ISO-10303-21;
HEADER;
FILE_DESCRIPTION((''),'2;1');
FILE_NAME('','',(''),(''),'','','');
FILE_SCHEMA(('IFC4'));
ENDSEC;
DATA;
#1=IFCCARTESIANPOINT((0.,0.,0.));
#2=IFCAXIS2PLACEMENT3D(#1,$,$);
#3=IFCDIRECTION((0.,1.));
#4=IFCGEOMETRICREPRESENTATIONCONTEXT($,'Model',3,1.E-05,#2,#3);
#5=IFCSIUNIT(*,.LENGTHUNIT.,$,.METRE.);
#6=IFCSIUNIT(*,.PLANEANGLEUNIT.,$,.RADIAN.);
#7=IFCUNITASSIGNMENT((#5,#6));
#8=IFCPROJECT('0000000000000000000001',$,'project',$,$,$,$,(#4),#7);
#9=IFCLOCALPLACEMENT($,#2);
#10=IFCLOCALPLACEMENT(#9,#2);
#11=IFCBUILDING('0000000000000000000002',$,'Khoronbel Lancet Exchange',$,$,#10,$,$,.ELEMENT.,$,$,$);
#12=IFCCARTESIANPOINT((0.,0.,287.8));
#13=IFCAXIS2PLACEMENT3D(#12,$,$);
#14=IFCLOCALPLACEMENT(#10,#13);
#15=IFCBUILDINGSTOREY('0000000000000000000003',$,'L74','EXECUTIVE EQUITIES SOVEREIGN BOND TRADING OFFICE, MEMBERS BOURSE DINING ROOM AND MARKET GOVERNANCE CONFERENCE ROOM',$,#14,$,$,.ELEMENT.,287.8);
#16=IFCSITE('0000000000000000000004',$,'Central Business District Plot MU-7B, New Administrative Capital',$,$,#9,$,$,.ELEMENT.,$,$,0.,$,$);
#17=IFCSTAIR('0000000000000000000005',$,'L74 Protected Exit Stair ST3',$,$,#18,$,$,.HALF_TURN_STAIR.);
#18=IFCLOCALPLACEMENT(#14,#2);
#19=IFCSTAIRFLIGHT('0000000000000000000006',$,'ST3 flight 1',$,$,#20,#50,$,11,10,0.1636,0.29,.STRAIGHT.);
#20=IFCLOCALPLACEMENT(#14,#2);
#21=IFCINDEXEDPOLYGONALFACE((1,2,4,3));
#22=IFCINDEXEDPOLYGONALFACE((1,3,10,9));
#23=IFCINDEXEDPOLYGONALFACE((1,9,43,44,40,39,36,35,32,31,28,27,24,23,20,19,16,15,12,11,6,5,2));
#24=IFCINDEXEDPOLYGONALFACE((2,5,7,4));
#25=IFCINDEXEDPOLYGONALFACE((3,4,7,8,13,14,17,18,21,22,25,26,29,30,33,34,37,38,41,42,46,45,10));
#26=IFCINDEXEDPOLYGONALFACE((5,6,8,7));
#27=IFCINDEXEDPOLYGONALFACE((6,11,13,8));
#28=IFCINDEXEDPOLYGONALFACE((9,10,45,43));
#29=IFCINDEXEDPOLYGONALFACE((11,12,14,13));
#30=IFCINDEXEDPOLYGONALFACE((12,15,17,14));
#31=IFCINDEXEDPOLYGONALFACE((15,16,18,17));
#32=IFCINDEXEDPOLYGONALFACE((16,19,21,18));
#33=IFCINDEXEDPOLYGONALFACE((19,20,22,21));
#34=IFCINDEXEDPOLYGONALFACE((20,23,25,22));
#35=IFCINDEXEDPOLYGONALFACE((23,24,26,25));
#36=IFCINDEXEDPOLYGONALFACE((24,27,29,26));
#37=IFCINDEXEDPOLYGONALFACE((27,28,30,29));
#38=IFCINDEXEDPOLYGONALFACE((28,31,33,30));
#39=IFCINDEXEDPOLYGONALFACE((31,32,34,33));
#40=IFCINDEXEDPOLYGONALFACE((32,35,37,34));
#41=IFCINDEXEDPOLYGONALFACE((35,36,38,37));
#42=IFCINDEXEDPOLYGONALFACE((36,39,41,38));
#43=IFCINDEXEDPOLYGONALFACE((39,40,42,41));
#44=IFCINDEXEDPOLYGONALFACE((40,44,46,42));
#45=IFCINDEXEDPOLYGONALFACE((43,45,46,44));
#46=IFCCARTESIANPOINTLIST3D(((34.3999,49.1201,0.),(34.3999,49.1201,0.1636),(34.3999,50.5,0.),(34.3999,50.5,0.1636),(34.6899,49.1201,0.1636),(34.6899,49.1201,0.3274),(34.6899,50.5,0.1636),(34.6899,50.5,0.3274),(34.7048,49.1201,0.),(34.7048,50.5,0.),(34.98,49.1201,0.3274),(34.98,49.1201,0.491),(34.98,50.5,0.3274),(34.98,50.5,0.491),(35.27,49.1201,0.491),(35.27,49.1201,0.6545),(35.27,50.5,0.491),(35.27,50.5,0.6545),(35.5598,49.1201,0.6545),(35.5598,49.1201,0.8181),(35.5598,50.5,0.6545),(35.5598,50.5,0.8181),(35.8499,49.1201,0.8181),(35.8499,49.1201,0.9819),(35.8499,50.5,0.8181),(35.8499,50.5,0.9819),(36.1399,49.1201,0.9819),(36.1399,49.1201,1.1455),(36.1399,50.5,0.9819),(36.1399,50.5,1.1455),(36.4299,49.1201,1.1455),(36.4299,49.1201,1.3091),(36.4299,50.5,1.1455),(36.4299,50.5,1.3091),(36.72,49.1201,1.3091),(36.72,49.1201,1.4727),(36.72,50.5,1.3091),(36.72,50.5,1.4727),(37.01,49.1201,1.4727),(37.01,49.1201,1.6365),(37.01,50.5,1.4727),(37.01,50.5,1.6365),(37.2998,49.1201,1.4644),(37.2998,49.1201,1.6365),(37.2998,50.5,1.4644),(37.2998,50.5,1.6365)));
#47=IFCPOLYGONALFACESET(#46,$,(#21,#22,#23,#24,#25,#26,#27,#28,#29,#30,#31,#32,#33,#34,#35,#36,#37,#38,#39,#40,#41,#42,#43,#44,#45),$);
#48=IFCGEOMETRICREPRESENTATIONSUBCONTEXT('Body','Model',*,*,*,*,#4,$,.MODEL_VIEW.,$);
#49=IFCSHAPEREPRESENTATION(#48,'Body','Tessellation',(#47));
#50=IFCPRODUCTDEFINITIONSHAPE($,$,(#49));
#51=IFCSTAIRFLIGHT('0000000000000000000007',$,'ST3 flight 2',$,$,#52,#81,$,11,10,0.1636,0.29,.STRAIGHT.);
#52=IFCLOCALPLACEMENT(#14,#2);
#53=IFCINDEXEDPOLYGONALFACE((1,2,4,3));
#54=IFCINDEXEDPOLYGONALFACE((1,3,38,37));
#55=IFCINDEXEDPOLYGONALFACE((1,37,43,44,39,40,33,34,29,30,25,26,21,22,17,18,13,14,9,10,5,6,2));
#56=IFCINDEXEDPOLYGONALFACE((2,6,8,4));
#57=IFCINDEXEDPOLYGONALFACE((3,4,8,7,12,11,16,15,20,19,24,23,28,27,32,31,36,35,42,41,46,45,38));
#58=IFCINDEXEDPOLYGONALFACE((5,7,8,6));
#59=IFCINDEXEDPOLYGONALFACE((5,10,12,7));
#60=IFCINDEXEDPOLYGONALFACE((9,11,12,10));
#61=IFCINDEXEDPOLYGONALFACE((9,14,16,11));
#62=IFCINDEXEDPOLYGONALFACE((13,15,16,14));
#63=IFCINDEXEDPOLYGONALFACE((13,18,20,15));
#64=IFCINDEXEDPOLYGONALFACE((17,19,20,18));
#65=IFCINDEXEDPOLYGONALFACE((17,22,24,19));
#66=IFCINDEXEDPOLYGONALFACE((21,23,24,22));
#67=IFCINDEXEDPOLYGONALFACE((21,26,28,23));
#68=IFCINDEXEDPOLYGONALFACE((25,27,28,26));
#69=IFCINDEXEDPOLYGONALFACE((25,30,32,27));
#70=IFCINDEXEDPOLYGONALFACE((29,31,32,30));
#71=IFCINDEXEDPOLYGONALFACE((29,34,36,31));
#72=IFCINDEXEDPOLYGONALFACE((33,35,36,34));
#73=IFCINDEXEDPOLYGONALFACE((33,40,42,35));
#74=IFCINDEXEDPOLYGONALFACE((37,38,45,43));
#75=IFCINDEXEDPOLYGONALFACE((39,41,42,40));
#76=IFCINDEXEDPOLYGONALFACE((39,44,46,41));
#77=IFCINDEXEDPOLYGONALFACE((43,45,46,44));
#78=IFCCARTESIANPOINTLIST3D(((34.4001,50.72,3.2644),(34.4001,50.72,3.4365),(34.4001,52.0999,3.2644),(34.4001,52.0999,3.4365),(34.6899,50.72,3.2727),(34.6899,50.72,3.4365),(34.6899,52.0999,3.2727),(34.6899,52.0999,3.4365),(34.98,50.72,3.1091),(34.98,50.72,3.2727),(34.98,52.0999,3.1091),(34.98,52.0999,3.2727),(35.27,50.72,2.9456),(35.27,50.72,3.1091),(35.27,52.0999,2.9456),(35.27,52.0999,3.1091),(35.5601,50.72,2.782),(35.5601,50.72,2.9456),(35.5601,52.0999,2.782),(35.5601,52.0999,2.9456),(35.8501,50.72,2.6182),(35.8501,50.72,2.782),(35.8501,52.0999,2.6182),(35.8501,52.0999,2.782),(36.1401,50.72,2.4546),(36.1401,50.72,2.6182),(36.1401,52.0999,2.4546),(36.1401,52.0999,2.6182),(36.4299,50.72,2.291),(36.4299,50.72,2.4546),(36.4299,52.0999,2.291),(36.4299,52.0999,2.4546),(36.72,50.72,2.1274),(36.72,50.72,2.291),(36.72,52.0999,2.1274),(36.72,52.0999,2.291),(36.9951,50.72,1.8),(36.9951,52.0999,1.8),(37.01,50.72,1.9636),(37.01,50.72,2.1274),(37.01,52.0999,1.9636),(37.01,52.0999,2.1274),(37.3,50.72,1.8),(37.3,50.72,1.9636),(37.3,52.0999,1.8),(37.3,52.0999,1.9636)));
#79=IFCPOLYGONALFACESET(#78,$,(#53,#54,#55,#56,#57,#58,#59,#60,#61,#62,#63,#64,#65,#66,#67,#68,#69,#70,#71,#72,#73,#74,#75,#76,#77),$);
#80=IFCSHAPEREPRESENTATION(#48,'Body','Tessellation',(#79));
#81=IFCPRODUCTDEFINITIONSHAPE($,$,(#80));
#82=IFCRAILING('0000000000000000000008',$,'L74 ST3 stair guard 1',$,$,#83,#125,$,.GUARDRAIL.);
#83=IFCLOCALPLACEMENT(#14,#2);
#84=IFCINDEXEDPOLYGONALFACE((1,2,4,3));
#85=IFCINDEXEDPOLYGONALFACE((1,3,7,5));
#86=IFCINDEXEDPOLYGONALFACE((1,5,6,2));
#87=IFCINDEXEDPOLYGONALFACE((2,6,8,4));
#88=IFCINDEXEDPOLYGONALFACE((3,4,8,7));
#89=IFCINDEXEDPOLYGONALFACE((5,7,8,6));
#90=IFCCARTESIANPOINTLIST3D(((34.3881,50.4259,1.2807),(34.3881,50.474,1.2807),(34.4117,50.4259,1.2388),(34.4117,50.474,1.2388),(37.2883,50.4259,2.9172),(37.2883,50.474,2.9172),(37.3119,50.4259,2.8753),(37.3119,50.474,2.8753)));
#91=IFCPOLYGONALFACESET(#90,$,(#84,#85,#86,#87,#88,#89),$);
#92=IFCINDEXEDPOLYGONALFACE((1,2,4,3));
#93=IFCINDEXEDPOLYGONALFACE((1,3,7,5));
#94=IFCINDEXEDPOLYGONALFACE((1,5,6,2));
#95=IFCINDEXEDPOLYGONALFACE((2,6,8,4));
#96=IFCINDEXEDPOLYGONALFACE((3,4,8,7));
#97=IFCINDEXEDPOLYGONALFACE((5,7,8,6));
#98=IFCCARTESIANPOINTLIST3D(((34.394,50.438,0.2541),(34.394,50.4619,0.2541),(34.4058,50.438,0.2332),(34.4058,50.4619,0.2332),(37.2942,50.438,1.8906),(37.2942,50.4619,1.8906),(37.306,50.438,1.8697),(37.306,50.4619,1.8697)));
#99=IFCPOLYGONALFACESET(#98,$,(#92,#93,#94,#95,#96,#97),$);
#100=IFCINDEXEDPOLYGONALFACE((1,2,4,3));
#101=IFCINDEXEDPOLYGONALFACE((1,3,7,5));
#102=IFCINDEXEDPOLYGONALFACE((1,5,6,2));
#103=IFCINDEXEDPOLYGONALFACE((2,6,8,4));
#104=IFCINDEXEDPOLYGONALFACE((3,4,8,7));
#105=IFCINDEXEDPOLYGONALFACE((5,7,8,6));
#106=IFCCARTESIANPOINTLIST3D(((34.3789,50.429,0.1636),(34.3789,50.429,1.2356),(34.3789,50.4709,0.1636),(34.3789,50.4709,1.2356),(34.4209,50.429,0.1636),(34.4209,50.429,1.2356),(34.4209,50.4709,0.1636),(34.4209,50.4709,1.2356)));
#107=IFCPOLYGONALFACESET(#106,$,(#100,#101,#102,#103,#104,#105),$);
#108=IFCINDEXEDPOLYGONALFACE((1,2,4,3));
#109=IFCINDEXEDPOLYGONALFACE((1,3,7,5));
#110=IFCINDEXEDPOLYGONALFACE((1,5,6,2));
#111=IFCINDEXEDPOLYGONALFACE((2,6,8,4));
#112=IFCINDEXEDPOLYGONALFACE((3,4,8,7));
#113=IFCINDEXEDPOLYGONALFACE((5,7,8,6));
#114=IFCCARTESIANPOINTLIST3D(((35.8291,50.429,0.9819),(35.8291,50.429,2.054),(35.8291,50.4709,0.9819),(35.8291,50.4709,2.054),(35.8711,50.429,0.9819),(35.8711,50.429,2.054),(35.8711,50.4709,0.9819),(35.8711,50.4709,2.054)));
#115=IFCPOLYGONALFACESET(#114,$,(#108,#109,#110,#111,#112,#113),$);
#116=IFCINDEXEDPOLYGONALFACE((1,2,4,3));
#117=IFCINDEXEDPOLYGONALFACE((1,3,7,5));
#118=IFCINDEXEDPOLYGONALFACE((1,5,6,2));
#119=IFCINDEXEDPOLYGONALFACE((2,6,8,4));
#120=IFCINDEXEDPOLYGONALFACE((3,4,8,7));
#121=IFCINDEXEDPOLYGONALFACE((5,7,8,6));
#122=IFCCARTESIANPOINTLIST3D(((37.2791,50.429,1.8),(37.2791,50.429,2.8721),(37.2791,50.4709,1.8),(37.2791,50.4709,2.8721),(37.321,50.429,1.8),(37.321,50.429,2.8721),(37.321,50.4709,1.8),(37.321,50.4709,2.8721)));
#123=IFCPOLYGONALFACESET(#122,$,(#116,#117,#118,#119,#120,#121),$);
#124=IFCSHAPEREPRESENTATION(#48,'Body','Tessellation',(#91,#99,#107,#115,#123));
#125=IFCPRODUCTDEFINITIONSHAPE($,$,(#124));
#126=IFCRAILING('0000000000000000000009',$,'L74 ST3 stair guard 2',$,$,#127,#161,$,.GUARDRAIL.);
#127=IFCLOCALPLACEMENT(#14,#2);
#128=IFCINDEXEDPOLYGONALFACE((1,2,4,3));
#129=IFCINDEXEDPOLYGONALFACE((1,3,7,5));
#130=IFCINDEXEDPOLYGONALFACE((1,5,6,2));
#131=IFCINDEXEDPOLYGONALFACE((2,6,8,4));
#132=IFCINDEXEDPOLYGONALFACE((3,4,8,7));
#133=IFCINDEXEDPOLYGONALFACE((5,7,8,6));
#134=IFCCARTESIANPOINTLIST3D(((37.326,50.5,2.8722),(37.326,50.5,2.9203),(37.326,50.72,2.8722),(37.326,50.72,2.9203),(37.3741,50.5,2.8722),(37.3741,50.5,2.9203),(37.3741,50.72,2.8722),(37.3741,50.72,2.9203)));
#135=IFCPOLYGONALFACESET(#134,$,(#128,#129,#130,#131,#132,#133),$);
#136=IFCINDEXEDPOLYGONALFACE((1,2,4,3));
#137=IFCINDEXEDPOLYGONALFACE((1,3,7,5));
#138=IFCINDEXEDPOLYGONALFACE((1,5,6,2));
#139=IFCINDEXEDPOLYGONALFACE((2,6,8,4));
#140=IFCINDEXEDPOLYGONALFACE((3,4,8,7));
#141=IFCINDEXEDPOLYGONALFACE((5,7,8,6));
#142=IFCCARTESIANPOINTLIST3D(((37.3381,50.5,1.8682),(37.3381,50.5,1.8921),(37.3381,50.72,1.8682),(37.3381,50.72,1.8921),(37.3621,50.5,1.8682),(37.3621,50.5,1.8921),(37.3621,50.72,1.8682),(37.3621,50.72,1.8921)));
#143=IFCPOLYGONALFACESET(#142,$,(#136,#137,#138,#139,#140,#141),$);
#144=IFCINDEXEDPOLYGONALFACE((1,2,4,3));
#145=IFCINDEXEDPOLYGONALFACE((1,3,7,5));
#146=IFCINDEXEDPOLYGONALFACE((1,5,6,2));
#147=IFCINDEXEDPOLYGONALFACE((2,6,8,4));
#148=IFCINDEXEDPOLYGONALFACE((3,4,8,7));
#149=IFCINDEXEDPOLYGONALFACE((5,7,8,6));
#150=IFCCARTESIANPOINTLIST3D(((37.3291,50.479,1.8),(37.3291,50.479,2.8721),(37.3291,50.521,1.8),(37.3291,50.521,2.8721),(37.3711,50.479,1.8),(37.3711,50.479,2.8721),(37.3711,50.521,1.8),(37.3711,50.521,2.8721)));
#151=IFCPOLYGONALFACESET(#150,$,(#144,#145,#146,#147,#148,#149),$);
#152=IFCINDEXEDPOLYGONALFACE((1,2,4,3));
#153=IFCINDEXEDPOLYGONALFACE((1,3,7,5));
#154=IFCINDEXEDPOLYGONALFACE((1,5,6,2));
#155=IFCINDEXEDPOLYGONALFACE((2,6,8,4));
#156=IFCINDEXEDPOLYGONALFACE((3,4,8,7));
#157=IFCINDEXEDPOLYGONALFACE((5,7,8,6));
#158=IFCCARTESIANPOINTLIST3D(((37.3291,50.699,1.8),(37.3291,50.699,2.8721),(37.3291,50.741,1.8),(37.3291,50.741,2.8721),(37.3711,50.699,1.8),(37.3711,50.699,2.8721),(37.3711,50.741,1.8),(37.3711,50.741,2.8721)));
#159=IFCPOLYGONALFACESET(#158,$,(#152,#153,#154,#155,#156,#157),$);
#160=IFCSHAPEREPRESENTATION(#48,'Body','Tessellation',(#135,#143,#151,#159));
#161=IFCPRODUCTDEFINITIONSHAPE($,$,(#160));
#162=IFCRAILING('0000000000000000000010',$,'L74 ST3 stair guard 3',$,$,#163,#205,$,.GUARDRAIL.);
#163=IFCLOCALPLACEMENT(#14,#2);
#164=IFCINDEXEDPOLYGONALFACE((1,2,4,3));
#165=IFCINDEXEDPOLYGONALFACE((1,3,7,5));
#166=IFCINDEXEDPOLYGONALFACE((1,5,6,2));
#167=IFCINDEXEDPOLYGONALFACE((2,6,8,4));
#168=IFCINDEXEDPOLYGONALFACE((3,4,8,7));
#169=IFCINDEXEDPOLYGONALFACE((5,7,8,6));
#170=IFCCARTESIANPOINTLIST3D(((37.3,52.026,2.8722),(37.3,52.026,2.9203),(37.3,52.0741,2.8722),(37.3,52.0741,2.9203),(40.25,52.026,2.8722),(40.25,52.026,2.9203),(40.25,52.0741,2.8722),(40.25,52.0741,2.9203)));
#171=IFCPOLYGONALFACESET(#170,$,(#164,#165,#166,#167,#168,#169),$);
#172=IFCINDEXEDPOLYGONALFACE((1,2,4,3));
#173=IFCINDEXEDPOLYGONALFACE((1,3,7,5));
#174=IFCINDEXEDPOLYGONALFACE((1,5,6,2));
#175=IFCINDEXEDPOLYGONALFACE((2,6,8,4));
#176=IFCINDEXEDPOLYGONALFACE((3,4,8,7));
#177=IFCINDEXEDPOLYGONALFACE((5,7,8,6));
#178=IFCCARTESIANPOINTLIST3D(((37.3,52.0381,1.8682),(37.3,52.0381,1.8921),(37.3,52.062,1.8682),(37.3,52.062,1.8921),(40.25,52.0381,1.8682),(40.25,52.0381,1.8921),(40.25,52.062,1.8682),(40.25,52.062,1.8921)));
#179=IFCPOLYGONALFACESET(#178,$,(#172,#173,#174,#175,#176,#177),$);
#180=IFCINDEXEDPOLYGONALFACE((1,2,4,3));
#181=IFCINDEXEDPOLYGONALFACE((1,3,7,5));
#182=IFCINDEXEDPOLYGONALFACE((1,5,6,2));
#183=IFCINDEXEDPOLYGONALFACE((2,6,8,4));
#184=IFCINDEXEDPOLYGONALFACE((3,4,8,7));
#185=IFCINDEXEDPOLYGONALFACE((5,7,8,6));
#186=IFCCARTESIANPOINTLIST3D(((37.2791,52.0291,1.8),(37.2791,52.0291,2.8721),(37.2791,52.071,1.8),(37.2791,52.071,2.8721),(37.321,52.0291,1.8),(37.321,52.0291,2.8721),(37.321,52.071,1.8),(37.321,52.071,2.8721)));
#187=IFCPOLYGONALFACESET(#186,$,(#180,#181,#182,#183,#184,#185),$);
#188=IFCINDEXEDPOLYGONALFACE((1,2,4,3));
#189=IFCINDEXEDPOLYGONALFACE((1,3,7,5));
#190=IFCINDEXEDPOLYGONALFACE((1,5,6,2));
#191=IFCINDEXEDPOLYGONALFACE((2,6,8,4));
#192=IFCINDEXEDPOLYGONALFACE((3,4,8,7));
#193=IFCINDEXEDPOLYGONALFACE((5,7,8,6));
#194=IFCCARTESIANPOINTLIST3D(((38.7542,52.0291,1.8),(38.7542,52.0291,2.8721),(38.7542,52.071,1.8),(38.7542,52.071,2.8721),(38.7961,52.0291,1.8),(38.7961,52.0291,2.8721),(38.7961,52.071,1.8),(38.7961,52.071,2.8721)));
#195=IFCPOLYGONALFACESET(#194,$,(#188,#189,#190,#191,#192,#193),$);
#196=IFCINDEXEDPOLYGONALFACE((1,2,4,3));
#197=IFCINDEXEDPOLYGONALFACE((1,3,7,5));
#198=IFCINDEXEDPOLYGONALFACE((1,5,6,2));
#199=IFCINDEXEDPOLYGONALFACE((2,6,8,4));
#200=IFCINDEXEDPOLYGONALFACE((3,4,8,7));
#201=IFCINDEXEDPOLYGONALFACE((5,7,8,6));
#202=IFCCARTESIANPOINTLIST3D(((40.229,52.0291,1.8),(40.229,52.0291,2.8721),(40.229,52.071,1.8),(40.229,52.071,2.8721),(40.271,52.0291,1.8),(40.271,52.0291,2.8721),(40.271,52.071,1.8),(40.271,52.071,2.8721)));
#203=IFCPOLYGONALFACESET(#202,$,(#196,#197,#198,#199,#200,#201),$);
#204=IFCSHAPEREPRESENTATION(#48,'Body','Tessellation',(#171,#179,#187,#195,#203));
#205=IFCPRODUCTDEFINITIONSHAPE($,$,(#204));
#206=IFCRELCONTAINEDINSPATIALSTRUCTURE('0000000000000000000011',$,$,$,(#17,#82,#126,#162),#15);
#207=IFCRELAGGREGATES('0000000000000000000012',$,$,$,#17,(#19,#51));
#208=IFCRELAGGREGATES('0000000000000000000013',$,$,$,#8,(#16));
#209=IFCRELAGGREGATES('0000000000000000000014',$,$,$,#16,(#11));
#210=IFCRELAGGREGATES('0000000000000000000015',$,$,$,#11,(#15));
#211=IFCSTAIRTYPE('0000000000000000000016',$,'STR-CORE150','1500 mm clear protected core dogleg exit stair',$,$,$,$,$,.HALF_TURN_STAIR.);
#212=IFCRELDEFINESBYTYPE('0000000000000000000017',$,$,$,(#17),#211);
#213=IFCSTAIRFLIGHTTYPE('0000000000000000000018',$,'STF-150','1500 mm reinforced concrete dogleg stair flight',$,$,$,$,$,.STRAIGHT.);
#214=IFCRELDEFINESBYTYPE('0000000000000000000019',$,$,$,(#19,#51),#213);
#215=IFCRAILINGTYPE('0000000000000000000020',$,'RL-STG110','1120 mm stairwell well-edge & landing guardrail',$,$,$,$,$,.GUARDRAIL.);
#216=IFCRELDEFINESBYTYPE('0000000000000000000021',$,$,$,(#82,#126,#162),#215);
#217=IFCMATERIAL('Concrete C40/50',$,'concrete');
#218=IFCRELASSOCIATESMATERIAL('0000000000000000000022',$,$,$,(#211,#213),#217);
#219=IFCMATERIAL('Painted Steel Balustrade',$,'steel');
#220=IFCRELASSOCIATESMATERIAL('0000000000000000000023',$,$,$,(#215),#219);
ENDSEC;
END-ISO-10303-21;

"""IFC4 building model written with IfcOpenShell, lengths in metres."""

from ifc_helpers import new_model, si_unit, direction, frame, origin, origin_2d, place, context, subcontext, project, spatial, polyline, rectangle, outline, extrude, material, type_object, element, aggregate, save


model = new_model("IFC4")

# Units and contexts
model_context = context("Model", 3, precision=1e-05, world=origin(), true_north=direction((0.0, 1.0)))
body_context = subcontext(model_context, "Body", "Model", "MODEL_VIEW")
ifc_project = project(units=[si_unit("LENGTHUNIT", "METRE"), si_unit("PLANEANGLEUNIT", "RADIAN")], contexts=[model_context])

# Site, building, storey
site_placement = place(None, origin())
site = spatial("IfcSite", under=ifc_project, at=site_placement, Name="Central Business District Plot MU-7B, New Administrative Capital", CompositionType="ELEMENT", RefElevation=0.0)
building_placement = place(site_placement, origin())
building = spatial("IfcBuilding", under=site, at=building_placement, Name="Khoronbel Lancet Exchange", CompositionType="ELEMENT")
storey_placement = place(building_placement, frame((0.0, 0.0, 287.8)))
storey = spatial("IfcBuildingStorey", under=building, at=storey_placement, Name="L74", Description="EXECUTIVE EQUITIES SOVEREIGN BOND TRADING OFFICE, MEMBERS BOURSE DINING ROOM AND MARKET GOVERNANCE CONFERENCE ROOM", CompositionType="ELEMENT", Elevation=287.8)

# Stair, stair flights
ifc_material_1 = material(Name="Concrete C40/50", Category="concrete")
stair_type = type_object("IfcStairType", Name="STR-CORE150", Description="1500 mm clear protected core dogleg exit stair", PredefinedType="HALF_TURN_STAIR", material=ifc_material_1)
stair_placement = place(storey_placement, origin())
stair = element("IfcStair", 1, at=stair_placement, inside=storey, type_object=stair_type, Name="L74 Protected Exit Stair ST3", PredefinedType="HALF_TURN_STAIR")
stair_flight_type = type_object("IfcStairFlightType", Name="STF-150", Description="1500 mm reinforced concrete dogleg stair flight", PredefinedType="STRAIGHT", material=ifc_material_1)
stair_flight_1_placement = place(storey_placement, frame((34.3999, 49.8101, 0.0), z_axis=(0.0, 0.0, 1.0), x_axis=(1.0, 0.0, 0.0)))
stair_flight_1 = element("IfcStairFlight", 2, at=stair_flight_1_placement, type_object=stair_flight_type, Name="ST3 flight 1", NumberOfRisers=11, NumberOfTreads=10, PredefinedType="STRAIGHT", RiserHeight=0.1636, TreadLength=0.29, context=body_context, shape_type="SweptSolid", body=[
    extrude(outline(polyline([(0.0, 0.0), (0.0, 0.1636), (0.29, 0.1636), (0.29, 0.3274), (0.5801, 0.3274), (0.5801, 0.491), (0.8701, 0.491), (0.8701, 0.6545), (1.1599, 0.6545), (1.1599, 0.8181), (1.45, 0.8181), (1.45, 0.9819), (1.74, 0.9819), (1.74, 1.1455), (2.03, 1.1455), (2.03, 1.3091), (2.3201, 1.3091), (2.3201, 1.4727), (2.6101, 1.4727), (2.6101, 1.6365), (2.8999, 1.6365), (2.8999, 1.8), (2.8999, 1.4644), (0.3049, 0.0), (0.0, 0.0)])), frame((0.0, 0.6899, 0.0), z_axis=(0.0, -1.0, 0.0), x_axis=(1.0, 0.0, 0.0)), (0.0, 0.0, 1.0), 1.3799),
])
stair_flight_2_placement = place(storey_placement, frame((37.3, 51.4099, 1.8), z_axis=(0.0, 0.0, 1.0), x_axis=(-1.0, 0.0, 0.0)))
stair_flight_2 = element("IfcStairFlight", 3, at=stair_flight_2_placement, type_object=stair_flight_type, Name="ST3 flight 2", NumberOfRisers=11, NumberOfTreads=10, PredefinedType="STRAIGHT", RiserHeight=0.1636, TreadLength=0.29, context=body_context, shape_type="SweptSolid", body=[
    extrude(outline(polyline([(0.0, 0.0), (0.0, 0.1636), (0.29, 0.1636), (0.29, 0.3274), (0.5801, 0.3274), (0.5801, 0.491), (0.8701, 0.491), (0.8701, 0.6545), (1.1599, 0.6545), (1.1599, 0.8181), (1.45, 0.8181), (1.45, 0.9819), (1.74, 0.9819), (1.74, 1.1455), (2.03, 1.1455), (2.03, 1.3091), (2.3201, 1.3091), (2.3201, 1.4727), (2.6101, 1.4727), (2.6101, 1.6365), (2.8999, 1.6365), (2.8999, 1.8), (2.8999, 1.4644), (0.3049, 0.0), (0.0, 0.0)])), frame((0.0, 0.6899, 0.0), z_axis=(0.0, -1.0, 0.0), x_axis=(1.0, 0.0, 0.0)), (0.0, 0.0, 1.0), 1.3799),
])
aggregate(stair, [stair_flight_1, stair_flight_2])

# Railings
ifc_material_2 = material(Name="Painted Steel Balustrade", Category="steel")
railing_type_1 = type_object("IfcRailingType", Name="RL-STG110", Description="1120 mm stairwell well-edge & landing guardrail", PredefinedType="GUARDRAIL", material=ifc_material_2)
railing_1_placement = place(storey_placement, frame((34.3999, 50.45, 0.1636)))
element("IfcRailing", 4, at=railing_1_placement, inside=storey, type_object=railing_type_1, Name="L74 ST3 stair guard 1", PredefinedType="GUARDRAIL", context=body_context, shape_type="SweptSolid", body=[
    extrude(rectangle(XDim=0.0481, YDim=0.0481, at=origin_2d()), frame((0.0, 0.0, 1.0962), z_axis=(0.870915, 0.0, 0.491434), x_axis=(0.0, 1.0, 0.0)), (0.0, 0.0, 1.0), 3.3301),
    extrude(rectangle(XDim=0.0239, YDim=0.0239, at=origin_2d()), frame((0.0, 0.0, 0.0801), z_axis=(0.870915, 0.0, 0.491434), x_axis=(0.0, 1.0, 0.0)), (0.0, 0.0, 1.0), 3.3301),
    extrude(rectangle(XDim=0.042, YDim=0.042, at=origin_2d()), origin(), (0.0, 0.0, 1.0), 1.072),
    extrude(rectangle(XDim=0.042, YDim=0.042, at=origin_2d()), frame((1.4502, 0.0, 0.8184)), (0.0, 0.0, 1.0), 1.072),
    extrude(rectangle(XDim=0.042, YDim=0.042, at=origin_2d()), frame((2.9001, 0.0, 1.6365)), (0.0, 0.0, 1.0), 1.072),
])
railing_2_placement = place(storey_placement, frame((37.3501, 50.5, 1.8)))
element("IfcRailing", 5, at=railing_2_placement, inside=storey, type_object=railing_type_1, Name="L74 ST3 stair guard 2", PredefinedType="GUARDRAIL", context=body_context, shape_type="SweptSolid", body=[
    extrude(rectangle(XDim=0.0481, YDim=0.0481, at=origin_2d()), frame((0.0, 0.0, 1.0962), z_axis=(0.0, 1.0, 0.0), x_axis=(-1.0, 0.0, 0.0)), (0.0, 0.0, 1.0), 0.22),
    extrude(rectangle(XDim=0.0239, YDim=0.0239, at=origin_2d()), frame((0.0, 0.0, 0.0801), z_axis=(0.0, 1.0, 0.0), x_axis=(-1.0, 0.0, 0.0)), (0.0, 0.0, 1.0), 0.22),
    extrude(rectangle(XDim=0.042, YDim=0.042, at=origin_2d()), origin(), (0.0, 0.0, 1.0), 1.072),
    extrude(rectangle(XDim=0.042, YDim=0.042, at=origin_2d()), frame((0.0, 0.22, 0.0)), (0.0, 0.0, 1.0), 1.072),
])
railing_3_placement = place(storey_placement, frame((37.3, 52.05, 1.8)))
element("IfcRailing", 6, at=railing_3_placement, inside=storey, type_object=railing_type_1, Name="L74 ST3 stair guard 3", PredefinedType="GUARDRAIL", context=body_context, shape_type="SweptSolid", body=[
    extrude(rectangle(XDim=0.0481, YDim=0.0481, at=origin_2d()), frame((0.0, 0.0, 1.0962), z_axis=(1.0, 0.0, 0.0), x_axis=(0.0, 1.0, 0.0)), (0.0, 0.0, 1.0), 2.95),
    extrude(rectangle(XDim=0.0239, YDim=0.0239, at=origin_2d()), frame((0.0, 0.0, 0.0801), z_axis=(1.0, 0.0, 0.0), x_axis=(0.0, 1.0, 0.0)), (0.0, 0.0, 1.0), 2.95),
    extrude(rectangle(XDim=0.042, YDim=0.042, at=origin_2d()), origin(), (0.0, 0.0, 1.0), 1.072),
    extrude(rectangle(XDim=0.042, YDim=0.042, at=origin_2d()), frame((1.4751, 0.0, 0.0)), (0.0, 0.0, 1.0), 1.072),
    extrude(rectangle(XDim=0.042, YDim=0.042, at=origin_2d()), frame((2.95, 0.0, 0.0)), (0.0, 0.0, 1.0), 1.072),
])

save(model, "model.ifc")
